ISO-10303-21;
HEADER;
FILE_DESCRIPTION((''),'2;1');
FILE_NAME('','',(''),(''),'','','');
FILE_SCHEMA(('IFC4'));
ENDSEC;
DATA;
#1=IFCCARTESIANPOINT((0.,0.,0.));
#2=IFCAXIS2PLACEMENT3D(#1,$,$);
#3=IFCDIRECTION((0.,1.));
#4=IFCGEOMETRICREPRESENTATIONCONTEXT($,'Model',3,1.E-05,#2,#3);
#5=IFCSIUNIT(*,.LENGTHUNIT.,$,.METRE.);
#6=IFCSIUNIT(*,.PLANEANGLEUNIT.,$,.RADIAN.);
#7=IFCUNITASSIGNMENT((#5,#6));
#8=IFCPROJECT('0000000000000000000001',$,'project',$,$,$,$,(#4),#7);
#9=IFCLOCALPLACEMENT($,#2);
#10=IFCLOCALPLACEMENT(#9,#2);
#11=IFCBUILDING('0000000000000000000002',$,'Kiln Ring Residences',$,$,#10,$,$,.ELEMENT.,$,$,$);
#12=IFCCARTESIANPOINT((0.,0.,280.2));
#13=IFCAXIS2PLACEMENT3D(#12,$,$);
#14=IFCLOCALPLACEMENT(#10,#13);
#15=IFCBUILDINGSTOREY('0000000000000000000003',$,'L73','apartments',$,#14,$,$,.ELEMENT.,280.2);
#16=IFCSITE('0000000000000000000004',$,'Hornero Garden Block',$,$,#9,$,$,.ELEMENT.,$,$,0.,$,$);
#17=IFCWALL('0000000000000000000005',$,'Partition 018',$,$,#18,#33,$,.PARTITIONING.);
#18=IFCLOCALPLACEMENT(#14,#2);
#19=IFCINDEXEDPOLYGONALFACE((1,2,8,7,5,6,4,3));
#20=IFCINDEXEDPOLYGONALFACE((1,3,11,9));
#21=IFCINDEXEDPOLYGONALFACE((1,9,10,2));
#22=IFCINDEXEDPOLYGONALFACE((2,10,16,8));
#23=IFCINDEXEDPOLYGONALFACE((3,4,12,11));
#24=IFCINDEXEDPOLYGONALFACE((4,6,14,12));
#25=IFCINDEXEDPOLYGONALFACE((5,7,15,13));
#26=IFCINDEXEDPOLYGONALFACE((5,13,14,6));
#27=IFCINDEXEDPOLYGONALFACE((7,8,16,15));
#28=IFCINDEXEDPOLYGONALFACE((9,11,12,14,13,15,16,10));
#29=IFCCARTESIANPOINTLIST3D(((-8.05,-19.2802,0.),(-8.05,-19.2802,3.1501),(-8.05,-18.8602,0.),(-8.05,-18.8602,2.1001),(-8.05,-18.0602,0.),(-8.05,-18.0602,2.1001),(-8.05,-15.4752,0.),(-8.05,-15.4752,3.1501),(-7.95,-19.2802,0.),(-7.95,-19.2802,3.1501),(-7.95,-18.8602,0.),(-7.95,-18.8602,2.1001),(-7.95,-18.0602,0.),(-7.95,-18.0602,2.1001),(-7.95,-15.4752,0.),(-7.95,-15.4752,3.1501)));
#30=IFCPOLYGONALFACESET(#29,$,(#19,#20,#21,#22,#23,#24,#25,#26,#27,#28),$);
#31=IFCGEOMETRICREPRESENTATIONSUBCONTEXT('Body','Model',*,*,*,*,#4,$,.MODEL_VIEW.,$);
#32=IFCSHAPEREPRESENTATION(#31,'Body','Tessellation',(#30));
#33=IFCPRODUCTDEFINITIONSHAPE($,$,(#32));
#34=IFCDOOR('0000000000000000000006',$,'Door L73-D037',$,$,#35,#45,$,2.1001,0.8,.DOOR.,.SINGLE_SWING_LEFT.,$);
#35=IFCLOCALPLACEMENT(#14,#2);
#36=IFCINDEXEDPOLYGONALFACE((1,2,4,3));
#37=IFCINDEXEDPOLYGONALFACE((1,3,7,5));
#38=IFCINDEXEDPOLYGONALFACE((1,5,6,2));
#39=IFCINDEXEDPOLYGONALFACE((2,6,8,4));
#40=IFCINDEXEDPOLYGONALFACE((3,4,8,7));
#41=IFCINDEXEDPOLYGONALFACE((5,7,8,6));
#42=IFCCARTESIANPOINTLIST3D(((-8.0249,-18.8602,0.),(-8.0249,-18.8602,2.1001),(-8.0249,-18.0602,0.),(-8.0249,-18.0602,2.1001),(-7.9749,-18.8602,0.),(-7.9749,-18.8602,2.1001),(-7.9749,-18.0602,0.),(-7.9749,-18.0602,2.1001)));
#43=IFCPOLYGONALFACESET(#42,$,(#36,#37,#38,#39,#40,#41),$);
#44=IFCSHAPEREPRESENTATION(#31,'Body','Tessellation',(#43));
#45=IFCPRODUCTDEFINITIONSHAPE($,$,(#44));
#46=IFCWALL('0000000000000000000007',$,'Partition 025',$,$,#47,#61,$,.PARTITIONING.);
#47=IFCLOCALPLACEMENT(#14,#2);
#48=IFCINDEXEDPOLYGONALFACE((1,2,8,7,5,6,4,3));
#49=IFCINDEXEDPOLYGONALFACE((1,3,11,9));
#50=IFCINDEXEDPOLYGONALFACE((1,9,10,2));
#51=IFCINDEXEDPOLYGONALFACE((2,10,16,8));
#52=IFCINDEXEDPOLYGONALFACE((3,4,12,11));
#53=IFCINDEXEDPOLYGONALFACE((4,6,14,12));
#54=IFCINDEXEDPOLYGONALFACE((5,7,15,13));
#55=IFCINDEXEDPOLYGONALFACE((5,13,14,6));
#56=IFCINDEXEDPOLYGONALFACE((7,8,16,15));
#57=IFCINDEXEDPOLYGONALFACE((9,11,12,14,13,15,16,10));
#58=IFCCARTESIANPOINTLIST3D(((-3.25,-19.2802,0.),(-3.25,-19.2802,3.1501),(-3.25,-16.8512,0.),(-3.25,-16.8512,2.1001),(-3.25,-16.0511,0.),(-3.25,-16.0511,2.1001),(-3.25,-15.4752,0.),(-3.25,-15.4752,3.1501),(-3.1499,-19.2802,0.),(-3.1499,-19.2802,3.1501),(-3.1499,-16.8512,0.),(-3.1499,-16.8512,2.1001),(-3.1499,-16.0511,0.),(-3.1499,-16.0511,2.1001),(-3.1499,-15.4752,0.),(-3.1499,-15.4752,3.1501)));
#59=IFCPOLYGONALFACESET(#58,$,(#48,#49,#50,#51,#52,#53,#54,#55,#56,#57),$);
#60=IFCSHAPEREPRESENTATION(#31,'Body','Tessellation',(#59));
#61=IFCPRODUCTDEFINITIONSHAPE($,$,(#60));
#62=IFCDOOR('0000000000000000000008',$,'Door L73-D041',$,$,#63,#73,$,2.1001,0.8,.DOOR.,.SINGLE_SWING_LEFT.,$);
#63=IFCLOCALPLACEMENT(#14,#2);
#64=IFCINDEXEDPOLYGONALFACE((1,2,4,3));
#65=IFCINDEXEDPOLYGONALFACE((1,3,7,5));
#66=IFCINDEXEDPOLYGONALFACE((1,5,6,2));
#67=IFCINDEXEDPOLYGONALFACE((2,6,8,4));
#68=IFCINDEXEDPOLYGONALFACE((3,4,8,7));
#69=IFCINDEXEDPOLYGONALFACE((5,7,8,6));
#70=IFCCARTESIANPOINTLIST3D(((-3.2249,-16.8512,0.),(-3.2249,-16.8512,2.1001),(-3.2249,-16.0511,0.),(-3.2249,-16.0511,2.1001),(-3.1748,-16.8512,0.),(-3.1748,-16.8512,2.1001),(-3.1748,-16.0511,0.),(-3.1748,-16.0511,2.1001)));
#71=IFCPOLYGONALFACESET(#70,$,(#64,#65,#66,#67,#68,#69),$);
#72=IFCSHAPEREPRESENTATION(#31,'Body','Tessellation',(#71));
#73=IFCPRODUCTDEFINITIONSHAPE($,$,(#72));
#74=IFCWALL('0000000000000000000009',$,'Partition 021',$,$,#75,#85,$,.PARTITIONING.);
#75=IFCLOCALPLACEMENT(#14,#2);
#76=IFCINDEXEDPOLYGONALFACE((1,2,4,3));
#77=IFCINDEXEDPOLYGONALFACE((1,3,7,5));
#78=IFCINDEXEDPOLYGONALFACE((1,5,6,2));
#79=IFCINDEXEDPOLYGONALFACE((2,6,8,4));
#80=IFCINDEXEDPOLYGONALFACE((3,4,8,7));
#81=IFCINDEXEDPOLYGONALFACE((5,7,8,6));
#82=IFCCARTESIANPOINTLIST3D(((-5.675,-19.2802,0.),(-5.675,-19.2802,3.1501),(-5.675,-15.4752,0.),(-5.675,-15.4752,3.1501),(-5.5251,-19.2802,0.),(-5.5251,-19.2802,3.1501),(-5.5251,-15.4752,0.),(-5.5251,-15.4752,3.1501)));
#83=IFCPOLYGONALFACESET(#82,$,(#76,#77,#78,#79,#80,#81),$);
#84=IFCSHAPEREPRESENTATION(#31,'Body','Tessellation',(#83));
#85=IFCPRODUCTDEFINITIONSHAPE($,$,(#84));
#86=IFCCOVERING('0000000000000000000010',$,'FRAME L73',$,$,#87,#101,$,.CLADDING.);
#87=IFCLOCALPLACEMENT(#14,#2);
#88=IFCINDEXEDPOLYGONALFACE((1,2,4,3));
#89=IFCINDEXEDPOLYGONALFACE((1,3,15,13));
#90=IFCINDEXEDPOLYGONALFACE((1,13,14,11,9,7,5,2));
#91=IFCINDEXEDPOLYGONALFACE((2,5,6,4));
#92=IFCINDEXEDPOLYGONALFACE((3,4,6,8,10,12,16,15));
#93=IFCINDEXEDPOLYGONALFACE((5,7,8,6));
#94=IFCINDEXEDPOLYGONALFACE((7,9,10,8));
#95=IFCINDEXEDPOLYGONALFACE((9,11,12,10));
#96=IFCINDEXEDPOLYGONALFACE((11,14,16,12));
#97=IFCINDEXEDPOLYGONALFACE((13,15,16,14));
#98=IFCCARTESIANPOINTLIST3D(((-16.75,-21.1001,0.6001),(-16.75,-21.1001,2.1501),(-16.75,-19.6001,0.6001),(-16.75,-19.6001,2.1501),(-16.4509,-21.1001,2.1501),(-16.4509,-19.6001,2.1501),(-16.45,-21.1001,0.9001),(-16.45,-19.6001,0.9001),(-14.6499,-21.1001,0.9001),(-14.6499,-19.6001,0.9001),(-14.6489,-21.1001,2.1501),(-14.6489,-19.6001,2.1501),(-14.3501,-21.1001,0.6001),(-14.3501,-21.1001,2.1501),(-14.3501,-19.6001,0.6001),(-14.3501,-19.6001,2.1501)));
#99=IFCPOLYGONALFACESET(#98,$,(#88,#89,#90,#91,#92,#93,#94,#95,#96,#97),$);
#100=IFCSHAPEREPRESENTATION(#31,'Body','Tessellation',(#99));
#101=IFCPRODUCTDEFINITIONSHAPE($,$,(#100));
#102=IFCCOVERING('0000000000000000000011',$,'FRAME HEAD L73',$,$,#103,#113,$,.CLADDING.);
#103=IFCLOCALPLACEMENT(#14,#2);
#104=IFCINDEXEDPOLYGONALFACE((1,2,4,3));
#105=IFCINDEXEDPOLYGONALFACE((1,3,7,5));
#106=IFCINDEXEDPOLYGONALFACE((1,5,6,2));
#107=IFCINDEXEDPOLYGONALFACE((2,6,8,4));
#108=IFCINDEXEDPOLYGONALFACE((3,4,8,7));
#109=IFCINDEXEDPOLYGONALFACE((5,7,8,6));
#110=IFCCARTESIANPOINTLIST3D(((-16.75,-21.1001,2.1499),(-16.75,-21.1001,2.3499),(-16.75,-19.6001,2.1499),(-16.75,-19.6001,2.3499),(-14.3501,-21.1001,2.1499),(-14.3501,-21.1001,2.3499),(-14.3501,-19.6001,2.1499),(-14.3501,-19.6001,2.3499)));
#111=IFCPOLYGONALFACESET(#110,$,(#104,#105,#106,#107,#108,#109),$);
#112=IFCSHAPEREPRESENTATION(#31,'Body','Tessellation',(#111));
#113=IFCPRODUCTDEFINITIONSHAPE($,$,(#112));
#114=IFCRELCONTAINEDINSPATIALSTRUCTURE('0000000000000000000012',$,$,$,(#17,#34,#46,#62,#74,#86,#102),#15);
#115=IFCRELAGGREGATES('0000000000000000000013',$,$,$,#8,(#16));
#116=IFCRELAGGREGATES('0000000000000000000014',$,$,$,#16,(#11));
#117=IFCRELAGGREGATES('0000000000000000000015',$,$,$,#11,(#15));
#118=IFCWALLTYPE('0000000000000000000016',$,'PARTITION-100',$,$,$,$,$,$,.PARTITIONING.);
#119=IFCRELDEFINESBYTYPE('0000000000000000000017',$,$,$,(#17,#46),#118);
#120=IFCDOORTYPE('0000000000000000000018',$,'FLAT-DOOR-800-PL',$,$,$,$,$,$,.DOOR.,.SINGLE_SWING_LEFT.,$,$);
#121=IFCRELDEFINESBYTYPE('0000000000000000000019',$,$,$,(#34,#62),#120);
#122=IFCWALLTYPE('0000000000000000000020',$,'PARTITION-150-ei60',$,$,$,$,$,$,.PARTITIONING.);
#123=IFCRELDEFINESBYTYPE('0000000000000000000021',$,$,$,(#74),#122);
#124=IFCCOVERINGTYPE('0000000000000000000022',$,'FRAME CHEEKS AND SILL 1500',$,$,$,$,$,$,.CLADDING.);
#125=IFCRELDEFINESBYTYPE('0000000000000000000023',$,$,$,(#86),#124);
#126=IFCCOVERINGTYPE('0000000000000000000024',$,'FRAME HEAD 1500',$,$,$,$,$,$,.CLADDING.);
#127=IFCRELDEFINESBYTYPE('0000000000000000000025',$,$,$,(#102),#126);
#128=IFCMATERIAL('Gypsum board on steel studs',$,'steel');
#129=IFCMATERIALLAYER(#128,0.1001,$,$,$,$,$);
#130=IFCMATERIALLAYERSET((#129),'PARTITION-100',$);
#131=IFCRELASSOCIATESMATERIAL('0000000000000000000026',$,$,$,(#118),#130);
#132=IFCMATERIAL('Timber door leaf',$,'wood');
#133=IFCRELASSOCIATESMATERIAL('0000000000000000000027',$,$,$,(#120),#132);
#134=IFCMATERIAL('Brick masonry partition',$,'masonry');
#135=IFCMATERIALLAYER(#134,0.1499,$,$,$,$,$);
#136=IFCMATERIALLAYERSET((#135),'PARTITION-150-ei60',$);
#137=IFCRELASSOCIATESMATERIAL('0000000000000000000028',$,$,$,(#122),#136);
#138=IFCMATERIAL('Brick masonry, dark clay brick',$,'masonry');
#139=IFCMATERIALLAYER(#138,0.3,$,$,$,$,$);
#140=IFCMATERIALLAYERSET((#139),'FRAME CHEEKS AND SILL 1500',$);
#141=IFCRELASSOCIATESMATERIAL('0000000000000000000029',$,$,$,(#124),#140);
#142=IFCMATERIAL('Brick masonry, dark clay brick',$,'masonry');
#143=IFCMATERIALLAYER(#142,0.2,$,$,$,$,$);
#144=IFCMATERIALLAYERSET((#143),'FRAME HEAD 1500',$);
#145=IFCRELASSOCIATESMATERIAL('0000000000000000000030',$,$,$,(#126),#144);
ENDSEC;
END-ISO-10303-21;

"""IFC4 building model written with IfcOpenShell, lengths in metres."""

from ifc_helpers import new_model, si_unit, direction, frame, frame_2d, origin, origin_2d, place, context, subcontext, project, spatial, polyline, rectangle, outline, extrude, material, layer, layer_set, type_object, element, fill, save


model = new_model("IFC4")

# Units and contexts
model_context = context("Model", 3, precision=1e-05, world=origin(), true_north=direction((0.0, 1.0)))
body_context = subcontext(model_context, "Body", "Model", "MODEL_VIEW")
ifc_project = project(units=[si_unit("LENGTHUNIT", "METRE"), si_unit("PLANEANGLEUNIT", "RADIAN")], contexts=[model_context])

# Site, building, storey
site_placement = place(None, origin())
site = spatial("IfcSite", under=ifc_project, at=site_placement, Name="Hornero Garden Block", CompositionType="ELEMENT", RefElevation=0.0)
building_placement = place(site_placement, origin())
building = spatial("IfcBuilding", under=site, at=building_placement, Name="Kiln Ring Residences", CompositionType="ELEMENT")
storey_placement = place(building_placement, frame((0.0, 0.0, 280.2)))
storey = spatial("IfcBuildingStorey", under=building, at=storey_placement, Name="L73", Description="apartments", CompositionType="ELEMENT", Elevation=280.2)

# Walls, openings, doors
ifc_material_1 = material(Name="Gypsum board on steel studs", Category="steel")
ifc_layer_1 = layer(ifc_material_1, 0.1001)
ifc_layer_set_1 = layer_set([ifc_layer_1], Name="PARTITION-100")
wall_type_1 = type_object("IfcWallType", Name="PARTITION-100", PredefinedType="PARTITIONING", material=ifc_layer_set_1)
wall_1_placement = place(storey_placement, frame((-8.0, -19.28, 0.0), z_axis=(0.0, 0.0, 1.0), x_axis=(0.0, 1.0, 0.0)))
wall_1 = element("IfcWall", 1, at=wall_1_placement, inside=storey, type_object=wall_type_1, Name="Partition 018", PredefinedType="PARTITIONING", context=body_context, shape_type="SweptSolid", body=[
    extrude(rectangle(XDim=3.8049, YDim=0.1001, at=frame_2d((1.9023, 0.0))), origin(), (0.0, 0.0, 1.0), 3.1501),
])
opening_1_placement = place(wall_1_placement, frame((0.4199, 0.0, 0.0)))
opening_1 = element("IfcOpeningElement", 2, at=opening_1_placement, cuts=wall_1, PredefinedType="OPENING", context=body_context, shape_type="SweptSolid", body=[
    extrude(rectangle(XDim=0.8, YDim=2.1001, at=frame_2d((0.3999, 1.05))), frame((0.0, 0.0601, 0.0), z_axis=(0.0, -1.0, 0.0), x_axis=(1.0, 0.0, 0.0)), (0.0, 0.0, 1.0), 0.1201),
])
ifc_material_2 = material(Name="Timber door leaf", Category="wood")
door_type_1 = type_object("IfcDoorType", Name="FLAT-DOOR-800-PL", OperationType="SINGLE_SWING_LEFT", PredefinedType="DOOR", material=ifc_material_2)
door_1_placement = place(opening_1_placement, origin())
door_1 = element("IfcDoor", 3, at=door_1_placement, inside=storey, type_object=door_type_1, Name="Door L73-D037", OperationType="SINGLE_SWING_LEFT", OverallHeight=2.1001, OverallWidth=0.8, PredefinedType="DOOR", context=body_context, shape_type="SweptSolid", body=[
    extrude(rectangle(XDim=0.8, YDim=2.1001, at=frame_2d((0.3999, 1.05))), frame((0.0, 0.0249, 0.0), z_axis=(0.0, -1.0, 0.0), x_axis=(1.0, 0.0, 0.0)), (0.0, 0.0, 1.0), 0.05),
])
fill(opening_1, door_1)
wall_2_placement = place(storey_placement, frame((-3.2, -19.28, 0.0), z_axis=(0.0, 0.0, 1.0), x_axis=(0.0, 1.0, 0.0)))
wall_2 = element("IfcWall", 4, at=wall_2_placement, inside=storey, type_object=wall_type_1, Name="Partition 025", PredefinedType="PARTITIONING", context=body_context, shape_type="SweptSolid", body=[
    extrude(rectangle(XDim=3.8049, YDim=0.1001, at=frame_2d((1.9023, 0.0))), origin(), (0.0, 0.0, 1.0), 3.1501),
])
opening_2_placement = place(wall_2_placement, frame((2.429, 0.0, 0.0)))
opening_2 = element("IfcOpeningElement", 5, at=opening_2_placement, cuts=wall_2, PredefinedType="OPENING", context=body_context, shape_type="SweptSolid", body=[
    extrude(rectangle(XDim=0.8, YDim=2.1001, at=frame_2d((0.3999, 1.05))), frame((0.0, 0.0601, 0.0), z_axis=(0.0, -1.0, 0.0), x_axis=(1.0, 0.0, 0.0)), (0.0, 0.0, 1.0), 0.1201),
])
door_2_placement = place(opening_2_placement, origin())
door_2 = element("IfcDoor", 6, at=door_2_placement, inside=storey, type_object=door_type_1, Name="Door L73-D041", OperationType="SINGLE_SWING_LEFT", OverallHeight=2.1001, OverallWidth=0.8, PredefinedType="DOOR", context=body_context, shape_type="SweptSolid", body=[
    extrude(rectangle(XDim=0.8, YDim=2.1001, at=frame_2d((0.3999, 1.05))), frame((0.0, 0.0249, 0.0), z_axis=(0.0, -1.0, 0.0), x_axis=(1.0, 0.0, 0.0)), (0.0, 0.0, 1.0), 0.05),
])
fill(opening_2, door_2)

# Wall
ifc_material_3 = material(Name="Brick masonry partition", Category="masonry")
ifc_layer_2 = layer(ifc_material_3, 0.1499)
ifc_layer_set_2 = layer_set([ifc_layer_2], Name="PARTITION-150-ei60")
wall_type_2 = type_object("IfcWallType", Name="PARTITION-150-ei60", PredefinedType="PARTITIONING", material=ifc_layer_set_2)
wall_3_placement = place(storey_placement, frame((-5.6001, -19.28, 0.0), z_axis=(0.0, 0.0, 1.0), x_axis=(0.0, 1.0, 0.0)))
element("IfcWall", 7, at=wall_3_placement, inside=storey, type_object=wall_type_2, Name="Partition 021", PredefinedType="PARTITIONING", context=body_context, shape_type="SweptSolid", body=[
    extrude(rectangle(XDim=3.8049, YDim=0.1499, at=frame_2d((1.9023, 0.0))), origin(), (0.0, 0.0, 1.0), 3.1501),
])

# Coverings
ifc_material_4 = material(Name="Brick masonry, dark clay brick", Category="masonry")
ifc_layer_3 = layer(ifc_material_4, 0.3)
ifc_layer_set_3 = layer_set([ifc_layer_3], Name="FRAME CHEEKS AND SILL 1500")
covering_type_1 = type_object("IfcCoveringType", Name="FRAME CHEEKS AND SILL 1500", PredefinedType="CLADDING", material=ifc_layer_set_3)
covering_1_placement = place(storey_placement, frame((-16.75, -20.3501, 0.6001), z_axis=(0.0, 0.0, 1.0), x_axis=(1.0, 0.0, 0.0)))
element("IfcCovering", 8, at=covering_1_placement, inside=storey, type_object=covering_type_1, Name="FRAME L73", PredefinedType="CLADDING", context=body_context, shape_type="SweptSolid", body=[
    extrude(outline(polyline([(0.0, 0.0), (2.3999, 0.0), (2.3999, 1.55), (2.1011, 1.55), (2.1001, 0.3), (0.3, 0.3), (0.2991, 1.55), (0.0, 1.55), (0.0, 0.0)])), frame((0.0, 0.75, 0.0), z_axis=(0.0, -1.0, 0.0), x_axis=(1.0, 0.0, 0.0)), (0.0, 0.0, 1.0), 1.5),
])
ifc_material_5 = material(Name="Brick masonry, dark clay brick", Category="masonry")
ifc_layer_4 = layer(ifc_material_5, 0.2)
ifc_layer_set_4 = layer_set([ifc_layer_4], Name="FRAME HEAD 1500")
covering_type_2 = type_object("IfcCoveringType", Name="FRAME HEAD 1500", PredefinedType="CLADDING", material=ifc_layer_set_4)
covering_2_placement = place(storey_placement, frame((-15.55, -20.3501, 2.1499), z_axis=(0.0, 0.0, 1.0), x_axis=(1.0, 0.0, 0.0)))
element("IfcCovering", 9, at=covering_2_placement, inside=storey, type_object=covering_type_2, Name="FRAME HEAD L73", PredefinedType="CLADDING", context=body_context, shape_type="SweptSolid", body=[
    extrude(rectangle(XDim=2.3999, YDim=1.5, at=origin_2d()), origin(), (0.0, 0.0, 1.0), 0.2),
])

save(model, "model.ifc")
